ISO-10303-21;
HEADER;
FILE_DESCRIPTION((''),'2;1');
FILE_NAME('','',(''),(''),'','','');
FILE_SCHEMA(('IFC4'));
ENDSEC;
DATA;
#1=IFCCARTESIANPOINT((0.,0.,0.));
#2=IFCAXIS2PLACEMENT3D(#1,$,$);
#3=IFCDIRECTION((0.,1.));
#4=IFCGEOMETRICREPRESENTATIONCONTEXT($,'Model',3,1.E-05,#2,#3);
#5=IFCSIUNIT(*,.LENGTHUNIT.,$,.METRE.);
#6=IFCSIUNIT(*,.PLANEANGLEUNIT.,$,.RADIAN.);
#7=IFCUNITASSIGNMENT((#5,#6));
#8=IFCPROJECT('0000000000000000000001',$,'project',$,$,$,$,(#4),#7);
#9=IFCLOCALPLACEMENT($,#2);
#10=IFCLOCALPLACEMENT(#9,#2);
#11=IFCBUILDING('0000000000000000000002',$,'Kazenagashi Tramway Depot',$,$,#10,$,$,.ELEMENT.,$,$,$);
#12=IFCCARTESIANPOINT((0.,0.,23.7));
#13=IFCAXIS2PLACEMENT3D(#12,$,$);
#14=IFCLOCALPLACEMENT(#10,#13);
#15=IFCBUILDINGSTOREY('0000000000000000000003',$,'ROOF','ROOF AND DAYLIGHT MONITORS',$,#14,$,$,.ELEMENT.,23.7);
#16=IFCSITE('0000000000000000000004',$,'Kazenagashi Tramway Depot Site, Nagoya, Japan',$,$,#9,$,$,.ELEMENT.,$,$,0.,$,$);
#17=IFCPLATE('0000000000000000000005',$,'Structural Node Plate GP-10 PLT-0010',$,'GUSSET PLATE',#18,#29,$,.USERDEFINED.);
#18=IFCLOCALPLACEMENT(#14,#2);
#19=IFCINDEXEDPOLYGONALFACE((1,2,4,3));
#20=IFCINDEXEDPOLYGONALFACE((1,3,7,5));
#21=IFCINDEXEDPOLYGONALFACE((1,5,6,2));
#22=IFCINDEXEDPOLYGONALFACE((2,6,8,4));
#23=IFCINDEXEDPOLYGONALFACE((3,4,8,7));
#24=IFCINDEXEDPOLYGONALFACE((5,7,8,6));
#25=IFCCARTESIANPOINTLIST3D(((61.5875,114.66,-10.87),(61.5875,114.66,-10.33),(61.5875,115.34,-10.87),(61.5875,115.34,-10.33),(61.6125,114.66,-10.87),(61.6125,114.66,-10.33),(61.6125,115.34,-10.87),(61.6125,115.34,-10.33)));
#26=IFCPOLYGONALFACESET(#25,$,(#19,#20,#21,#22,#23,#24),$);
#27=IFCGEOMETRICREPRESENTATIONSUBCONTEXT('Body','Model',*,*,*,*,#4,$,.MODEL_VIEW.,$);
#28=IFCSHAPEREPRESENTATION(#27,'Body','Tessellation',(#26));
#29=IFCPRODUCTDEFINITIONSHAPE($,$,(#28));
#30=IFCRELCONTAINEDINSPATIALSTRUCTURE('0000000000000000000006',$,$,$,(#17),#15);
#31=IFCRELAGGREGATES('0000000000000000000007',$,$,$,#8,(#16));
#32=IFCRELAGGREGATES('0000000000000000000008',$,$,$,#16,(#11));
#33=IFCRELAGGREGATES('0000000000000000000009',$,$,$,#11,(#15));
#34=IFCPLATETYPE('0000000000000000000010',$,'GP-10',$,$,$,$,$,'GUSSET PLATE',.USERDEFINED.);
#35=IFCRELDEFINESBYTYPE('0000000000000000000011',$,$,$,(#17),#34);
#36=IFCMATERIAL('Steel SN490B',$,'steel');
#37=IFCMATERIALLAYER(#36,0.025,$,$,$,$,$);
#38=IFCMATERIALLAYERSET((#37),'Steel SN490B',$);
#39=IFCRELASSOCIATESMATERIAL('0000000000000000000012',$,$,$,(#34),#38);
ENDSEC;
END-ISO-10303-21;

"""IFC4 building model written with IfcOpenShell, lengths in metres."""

from ifc_helpers import new_model, si_unit, direction, frame, origin, origin_2d, place, context, subcontext, project, spatial, rectangle, extrude, material, layer, layer_set, type_object, element, save


model = new_model("IFC4")

# Units and contexts
model_context = context("Model", 3, precision=1e-05, world=origin(), true_north=direction((0.0, 1.0)))
body_context = subcontext(model_context, "Body", "Model", "MODEL_VIEW")
ifc_project = project(units=[si_unit("LENGTHUNIT", "METRE"), si_unit("PLANEANGLEUNIT", "RADIAN")], contexts=[model_context])

# Site, building, storey
site_placement = place(None, origin())
site = spatial("IfcSite", under=ifc_project, at=site_placement, Name="Kazenagashi Tramway Depot Site, Nagoya, Japan", CompositionType="ELEMENT", RefElevation=0.0)
building_placement = place(site_placement, origin())
building = spatial("IfcBuilding", under=site, at=building_placement, Name="Kazenagashi Tramway Depot", CompositionType="ELEMENT")
storey_placement = place(building_placement, frame((0.0, 0.0, 23.7)))
storey = spatial("IfcBuildingStorey", under=building, at=storey_placement, Name="ROOF", Description="ROOF AND DAYLIGHT MONITORS", CompositionType="ELEMENT", Elevation=23.7)

# Plate
ifc_material_1 = material(Name="Steel SN490B", Category="steel")
ifc_layer_1 = layer(ifc_material_1, 0.025)
ifc_layer_set_1 = layer_set([ifc_layer_1], Name="Steel SN490B")
plate_type_1 = type_object("IfcPlateType", Name="GP-10", ElementType="GUSSET PLATE", PredefinedType="USERDEFINED", material=ifc_layer_set_1)
plate_1_placement = place(storey_placement, frame((61.6, 115.0, -10.87), z_axis=(0.0, 0.0, 1.0), x_axis=(0.0, 1.0, 0.0)))
element("IfcPlate", 1, at=plate_1_placement, inside=storey, type_object=plate_type_1, Name="Structural Node Plate GP-10 PLT-0010", ObjectType="GUSSET PLATE", PredefinedType="USERDEFINED", context=body_context, shape_type="SweptSolid", body=[
    extrude(rectangle(XDim=0.68, YDim=0.025, at=origin_2d()), origin(), (0.0, 0.0, 1.0), 0.54),
])

save(model, "model.ifc")
